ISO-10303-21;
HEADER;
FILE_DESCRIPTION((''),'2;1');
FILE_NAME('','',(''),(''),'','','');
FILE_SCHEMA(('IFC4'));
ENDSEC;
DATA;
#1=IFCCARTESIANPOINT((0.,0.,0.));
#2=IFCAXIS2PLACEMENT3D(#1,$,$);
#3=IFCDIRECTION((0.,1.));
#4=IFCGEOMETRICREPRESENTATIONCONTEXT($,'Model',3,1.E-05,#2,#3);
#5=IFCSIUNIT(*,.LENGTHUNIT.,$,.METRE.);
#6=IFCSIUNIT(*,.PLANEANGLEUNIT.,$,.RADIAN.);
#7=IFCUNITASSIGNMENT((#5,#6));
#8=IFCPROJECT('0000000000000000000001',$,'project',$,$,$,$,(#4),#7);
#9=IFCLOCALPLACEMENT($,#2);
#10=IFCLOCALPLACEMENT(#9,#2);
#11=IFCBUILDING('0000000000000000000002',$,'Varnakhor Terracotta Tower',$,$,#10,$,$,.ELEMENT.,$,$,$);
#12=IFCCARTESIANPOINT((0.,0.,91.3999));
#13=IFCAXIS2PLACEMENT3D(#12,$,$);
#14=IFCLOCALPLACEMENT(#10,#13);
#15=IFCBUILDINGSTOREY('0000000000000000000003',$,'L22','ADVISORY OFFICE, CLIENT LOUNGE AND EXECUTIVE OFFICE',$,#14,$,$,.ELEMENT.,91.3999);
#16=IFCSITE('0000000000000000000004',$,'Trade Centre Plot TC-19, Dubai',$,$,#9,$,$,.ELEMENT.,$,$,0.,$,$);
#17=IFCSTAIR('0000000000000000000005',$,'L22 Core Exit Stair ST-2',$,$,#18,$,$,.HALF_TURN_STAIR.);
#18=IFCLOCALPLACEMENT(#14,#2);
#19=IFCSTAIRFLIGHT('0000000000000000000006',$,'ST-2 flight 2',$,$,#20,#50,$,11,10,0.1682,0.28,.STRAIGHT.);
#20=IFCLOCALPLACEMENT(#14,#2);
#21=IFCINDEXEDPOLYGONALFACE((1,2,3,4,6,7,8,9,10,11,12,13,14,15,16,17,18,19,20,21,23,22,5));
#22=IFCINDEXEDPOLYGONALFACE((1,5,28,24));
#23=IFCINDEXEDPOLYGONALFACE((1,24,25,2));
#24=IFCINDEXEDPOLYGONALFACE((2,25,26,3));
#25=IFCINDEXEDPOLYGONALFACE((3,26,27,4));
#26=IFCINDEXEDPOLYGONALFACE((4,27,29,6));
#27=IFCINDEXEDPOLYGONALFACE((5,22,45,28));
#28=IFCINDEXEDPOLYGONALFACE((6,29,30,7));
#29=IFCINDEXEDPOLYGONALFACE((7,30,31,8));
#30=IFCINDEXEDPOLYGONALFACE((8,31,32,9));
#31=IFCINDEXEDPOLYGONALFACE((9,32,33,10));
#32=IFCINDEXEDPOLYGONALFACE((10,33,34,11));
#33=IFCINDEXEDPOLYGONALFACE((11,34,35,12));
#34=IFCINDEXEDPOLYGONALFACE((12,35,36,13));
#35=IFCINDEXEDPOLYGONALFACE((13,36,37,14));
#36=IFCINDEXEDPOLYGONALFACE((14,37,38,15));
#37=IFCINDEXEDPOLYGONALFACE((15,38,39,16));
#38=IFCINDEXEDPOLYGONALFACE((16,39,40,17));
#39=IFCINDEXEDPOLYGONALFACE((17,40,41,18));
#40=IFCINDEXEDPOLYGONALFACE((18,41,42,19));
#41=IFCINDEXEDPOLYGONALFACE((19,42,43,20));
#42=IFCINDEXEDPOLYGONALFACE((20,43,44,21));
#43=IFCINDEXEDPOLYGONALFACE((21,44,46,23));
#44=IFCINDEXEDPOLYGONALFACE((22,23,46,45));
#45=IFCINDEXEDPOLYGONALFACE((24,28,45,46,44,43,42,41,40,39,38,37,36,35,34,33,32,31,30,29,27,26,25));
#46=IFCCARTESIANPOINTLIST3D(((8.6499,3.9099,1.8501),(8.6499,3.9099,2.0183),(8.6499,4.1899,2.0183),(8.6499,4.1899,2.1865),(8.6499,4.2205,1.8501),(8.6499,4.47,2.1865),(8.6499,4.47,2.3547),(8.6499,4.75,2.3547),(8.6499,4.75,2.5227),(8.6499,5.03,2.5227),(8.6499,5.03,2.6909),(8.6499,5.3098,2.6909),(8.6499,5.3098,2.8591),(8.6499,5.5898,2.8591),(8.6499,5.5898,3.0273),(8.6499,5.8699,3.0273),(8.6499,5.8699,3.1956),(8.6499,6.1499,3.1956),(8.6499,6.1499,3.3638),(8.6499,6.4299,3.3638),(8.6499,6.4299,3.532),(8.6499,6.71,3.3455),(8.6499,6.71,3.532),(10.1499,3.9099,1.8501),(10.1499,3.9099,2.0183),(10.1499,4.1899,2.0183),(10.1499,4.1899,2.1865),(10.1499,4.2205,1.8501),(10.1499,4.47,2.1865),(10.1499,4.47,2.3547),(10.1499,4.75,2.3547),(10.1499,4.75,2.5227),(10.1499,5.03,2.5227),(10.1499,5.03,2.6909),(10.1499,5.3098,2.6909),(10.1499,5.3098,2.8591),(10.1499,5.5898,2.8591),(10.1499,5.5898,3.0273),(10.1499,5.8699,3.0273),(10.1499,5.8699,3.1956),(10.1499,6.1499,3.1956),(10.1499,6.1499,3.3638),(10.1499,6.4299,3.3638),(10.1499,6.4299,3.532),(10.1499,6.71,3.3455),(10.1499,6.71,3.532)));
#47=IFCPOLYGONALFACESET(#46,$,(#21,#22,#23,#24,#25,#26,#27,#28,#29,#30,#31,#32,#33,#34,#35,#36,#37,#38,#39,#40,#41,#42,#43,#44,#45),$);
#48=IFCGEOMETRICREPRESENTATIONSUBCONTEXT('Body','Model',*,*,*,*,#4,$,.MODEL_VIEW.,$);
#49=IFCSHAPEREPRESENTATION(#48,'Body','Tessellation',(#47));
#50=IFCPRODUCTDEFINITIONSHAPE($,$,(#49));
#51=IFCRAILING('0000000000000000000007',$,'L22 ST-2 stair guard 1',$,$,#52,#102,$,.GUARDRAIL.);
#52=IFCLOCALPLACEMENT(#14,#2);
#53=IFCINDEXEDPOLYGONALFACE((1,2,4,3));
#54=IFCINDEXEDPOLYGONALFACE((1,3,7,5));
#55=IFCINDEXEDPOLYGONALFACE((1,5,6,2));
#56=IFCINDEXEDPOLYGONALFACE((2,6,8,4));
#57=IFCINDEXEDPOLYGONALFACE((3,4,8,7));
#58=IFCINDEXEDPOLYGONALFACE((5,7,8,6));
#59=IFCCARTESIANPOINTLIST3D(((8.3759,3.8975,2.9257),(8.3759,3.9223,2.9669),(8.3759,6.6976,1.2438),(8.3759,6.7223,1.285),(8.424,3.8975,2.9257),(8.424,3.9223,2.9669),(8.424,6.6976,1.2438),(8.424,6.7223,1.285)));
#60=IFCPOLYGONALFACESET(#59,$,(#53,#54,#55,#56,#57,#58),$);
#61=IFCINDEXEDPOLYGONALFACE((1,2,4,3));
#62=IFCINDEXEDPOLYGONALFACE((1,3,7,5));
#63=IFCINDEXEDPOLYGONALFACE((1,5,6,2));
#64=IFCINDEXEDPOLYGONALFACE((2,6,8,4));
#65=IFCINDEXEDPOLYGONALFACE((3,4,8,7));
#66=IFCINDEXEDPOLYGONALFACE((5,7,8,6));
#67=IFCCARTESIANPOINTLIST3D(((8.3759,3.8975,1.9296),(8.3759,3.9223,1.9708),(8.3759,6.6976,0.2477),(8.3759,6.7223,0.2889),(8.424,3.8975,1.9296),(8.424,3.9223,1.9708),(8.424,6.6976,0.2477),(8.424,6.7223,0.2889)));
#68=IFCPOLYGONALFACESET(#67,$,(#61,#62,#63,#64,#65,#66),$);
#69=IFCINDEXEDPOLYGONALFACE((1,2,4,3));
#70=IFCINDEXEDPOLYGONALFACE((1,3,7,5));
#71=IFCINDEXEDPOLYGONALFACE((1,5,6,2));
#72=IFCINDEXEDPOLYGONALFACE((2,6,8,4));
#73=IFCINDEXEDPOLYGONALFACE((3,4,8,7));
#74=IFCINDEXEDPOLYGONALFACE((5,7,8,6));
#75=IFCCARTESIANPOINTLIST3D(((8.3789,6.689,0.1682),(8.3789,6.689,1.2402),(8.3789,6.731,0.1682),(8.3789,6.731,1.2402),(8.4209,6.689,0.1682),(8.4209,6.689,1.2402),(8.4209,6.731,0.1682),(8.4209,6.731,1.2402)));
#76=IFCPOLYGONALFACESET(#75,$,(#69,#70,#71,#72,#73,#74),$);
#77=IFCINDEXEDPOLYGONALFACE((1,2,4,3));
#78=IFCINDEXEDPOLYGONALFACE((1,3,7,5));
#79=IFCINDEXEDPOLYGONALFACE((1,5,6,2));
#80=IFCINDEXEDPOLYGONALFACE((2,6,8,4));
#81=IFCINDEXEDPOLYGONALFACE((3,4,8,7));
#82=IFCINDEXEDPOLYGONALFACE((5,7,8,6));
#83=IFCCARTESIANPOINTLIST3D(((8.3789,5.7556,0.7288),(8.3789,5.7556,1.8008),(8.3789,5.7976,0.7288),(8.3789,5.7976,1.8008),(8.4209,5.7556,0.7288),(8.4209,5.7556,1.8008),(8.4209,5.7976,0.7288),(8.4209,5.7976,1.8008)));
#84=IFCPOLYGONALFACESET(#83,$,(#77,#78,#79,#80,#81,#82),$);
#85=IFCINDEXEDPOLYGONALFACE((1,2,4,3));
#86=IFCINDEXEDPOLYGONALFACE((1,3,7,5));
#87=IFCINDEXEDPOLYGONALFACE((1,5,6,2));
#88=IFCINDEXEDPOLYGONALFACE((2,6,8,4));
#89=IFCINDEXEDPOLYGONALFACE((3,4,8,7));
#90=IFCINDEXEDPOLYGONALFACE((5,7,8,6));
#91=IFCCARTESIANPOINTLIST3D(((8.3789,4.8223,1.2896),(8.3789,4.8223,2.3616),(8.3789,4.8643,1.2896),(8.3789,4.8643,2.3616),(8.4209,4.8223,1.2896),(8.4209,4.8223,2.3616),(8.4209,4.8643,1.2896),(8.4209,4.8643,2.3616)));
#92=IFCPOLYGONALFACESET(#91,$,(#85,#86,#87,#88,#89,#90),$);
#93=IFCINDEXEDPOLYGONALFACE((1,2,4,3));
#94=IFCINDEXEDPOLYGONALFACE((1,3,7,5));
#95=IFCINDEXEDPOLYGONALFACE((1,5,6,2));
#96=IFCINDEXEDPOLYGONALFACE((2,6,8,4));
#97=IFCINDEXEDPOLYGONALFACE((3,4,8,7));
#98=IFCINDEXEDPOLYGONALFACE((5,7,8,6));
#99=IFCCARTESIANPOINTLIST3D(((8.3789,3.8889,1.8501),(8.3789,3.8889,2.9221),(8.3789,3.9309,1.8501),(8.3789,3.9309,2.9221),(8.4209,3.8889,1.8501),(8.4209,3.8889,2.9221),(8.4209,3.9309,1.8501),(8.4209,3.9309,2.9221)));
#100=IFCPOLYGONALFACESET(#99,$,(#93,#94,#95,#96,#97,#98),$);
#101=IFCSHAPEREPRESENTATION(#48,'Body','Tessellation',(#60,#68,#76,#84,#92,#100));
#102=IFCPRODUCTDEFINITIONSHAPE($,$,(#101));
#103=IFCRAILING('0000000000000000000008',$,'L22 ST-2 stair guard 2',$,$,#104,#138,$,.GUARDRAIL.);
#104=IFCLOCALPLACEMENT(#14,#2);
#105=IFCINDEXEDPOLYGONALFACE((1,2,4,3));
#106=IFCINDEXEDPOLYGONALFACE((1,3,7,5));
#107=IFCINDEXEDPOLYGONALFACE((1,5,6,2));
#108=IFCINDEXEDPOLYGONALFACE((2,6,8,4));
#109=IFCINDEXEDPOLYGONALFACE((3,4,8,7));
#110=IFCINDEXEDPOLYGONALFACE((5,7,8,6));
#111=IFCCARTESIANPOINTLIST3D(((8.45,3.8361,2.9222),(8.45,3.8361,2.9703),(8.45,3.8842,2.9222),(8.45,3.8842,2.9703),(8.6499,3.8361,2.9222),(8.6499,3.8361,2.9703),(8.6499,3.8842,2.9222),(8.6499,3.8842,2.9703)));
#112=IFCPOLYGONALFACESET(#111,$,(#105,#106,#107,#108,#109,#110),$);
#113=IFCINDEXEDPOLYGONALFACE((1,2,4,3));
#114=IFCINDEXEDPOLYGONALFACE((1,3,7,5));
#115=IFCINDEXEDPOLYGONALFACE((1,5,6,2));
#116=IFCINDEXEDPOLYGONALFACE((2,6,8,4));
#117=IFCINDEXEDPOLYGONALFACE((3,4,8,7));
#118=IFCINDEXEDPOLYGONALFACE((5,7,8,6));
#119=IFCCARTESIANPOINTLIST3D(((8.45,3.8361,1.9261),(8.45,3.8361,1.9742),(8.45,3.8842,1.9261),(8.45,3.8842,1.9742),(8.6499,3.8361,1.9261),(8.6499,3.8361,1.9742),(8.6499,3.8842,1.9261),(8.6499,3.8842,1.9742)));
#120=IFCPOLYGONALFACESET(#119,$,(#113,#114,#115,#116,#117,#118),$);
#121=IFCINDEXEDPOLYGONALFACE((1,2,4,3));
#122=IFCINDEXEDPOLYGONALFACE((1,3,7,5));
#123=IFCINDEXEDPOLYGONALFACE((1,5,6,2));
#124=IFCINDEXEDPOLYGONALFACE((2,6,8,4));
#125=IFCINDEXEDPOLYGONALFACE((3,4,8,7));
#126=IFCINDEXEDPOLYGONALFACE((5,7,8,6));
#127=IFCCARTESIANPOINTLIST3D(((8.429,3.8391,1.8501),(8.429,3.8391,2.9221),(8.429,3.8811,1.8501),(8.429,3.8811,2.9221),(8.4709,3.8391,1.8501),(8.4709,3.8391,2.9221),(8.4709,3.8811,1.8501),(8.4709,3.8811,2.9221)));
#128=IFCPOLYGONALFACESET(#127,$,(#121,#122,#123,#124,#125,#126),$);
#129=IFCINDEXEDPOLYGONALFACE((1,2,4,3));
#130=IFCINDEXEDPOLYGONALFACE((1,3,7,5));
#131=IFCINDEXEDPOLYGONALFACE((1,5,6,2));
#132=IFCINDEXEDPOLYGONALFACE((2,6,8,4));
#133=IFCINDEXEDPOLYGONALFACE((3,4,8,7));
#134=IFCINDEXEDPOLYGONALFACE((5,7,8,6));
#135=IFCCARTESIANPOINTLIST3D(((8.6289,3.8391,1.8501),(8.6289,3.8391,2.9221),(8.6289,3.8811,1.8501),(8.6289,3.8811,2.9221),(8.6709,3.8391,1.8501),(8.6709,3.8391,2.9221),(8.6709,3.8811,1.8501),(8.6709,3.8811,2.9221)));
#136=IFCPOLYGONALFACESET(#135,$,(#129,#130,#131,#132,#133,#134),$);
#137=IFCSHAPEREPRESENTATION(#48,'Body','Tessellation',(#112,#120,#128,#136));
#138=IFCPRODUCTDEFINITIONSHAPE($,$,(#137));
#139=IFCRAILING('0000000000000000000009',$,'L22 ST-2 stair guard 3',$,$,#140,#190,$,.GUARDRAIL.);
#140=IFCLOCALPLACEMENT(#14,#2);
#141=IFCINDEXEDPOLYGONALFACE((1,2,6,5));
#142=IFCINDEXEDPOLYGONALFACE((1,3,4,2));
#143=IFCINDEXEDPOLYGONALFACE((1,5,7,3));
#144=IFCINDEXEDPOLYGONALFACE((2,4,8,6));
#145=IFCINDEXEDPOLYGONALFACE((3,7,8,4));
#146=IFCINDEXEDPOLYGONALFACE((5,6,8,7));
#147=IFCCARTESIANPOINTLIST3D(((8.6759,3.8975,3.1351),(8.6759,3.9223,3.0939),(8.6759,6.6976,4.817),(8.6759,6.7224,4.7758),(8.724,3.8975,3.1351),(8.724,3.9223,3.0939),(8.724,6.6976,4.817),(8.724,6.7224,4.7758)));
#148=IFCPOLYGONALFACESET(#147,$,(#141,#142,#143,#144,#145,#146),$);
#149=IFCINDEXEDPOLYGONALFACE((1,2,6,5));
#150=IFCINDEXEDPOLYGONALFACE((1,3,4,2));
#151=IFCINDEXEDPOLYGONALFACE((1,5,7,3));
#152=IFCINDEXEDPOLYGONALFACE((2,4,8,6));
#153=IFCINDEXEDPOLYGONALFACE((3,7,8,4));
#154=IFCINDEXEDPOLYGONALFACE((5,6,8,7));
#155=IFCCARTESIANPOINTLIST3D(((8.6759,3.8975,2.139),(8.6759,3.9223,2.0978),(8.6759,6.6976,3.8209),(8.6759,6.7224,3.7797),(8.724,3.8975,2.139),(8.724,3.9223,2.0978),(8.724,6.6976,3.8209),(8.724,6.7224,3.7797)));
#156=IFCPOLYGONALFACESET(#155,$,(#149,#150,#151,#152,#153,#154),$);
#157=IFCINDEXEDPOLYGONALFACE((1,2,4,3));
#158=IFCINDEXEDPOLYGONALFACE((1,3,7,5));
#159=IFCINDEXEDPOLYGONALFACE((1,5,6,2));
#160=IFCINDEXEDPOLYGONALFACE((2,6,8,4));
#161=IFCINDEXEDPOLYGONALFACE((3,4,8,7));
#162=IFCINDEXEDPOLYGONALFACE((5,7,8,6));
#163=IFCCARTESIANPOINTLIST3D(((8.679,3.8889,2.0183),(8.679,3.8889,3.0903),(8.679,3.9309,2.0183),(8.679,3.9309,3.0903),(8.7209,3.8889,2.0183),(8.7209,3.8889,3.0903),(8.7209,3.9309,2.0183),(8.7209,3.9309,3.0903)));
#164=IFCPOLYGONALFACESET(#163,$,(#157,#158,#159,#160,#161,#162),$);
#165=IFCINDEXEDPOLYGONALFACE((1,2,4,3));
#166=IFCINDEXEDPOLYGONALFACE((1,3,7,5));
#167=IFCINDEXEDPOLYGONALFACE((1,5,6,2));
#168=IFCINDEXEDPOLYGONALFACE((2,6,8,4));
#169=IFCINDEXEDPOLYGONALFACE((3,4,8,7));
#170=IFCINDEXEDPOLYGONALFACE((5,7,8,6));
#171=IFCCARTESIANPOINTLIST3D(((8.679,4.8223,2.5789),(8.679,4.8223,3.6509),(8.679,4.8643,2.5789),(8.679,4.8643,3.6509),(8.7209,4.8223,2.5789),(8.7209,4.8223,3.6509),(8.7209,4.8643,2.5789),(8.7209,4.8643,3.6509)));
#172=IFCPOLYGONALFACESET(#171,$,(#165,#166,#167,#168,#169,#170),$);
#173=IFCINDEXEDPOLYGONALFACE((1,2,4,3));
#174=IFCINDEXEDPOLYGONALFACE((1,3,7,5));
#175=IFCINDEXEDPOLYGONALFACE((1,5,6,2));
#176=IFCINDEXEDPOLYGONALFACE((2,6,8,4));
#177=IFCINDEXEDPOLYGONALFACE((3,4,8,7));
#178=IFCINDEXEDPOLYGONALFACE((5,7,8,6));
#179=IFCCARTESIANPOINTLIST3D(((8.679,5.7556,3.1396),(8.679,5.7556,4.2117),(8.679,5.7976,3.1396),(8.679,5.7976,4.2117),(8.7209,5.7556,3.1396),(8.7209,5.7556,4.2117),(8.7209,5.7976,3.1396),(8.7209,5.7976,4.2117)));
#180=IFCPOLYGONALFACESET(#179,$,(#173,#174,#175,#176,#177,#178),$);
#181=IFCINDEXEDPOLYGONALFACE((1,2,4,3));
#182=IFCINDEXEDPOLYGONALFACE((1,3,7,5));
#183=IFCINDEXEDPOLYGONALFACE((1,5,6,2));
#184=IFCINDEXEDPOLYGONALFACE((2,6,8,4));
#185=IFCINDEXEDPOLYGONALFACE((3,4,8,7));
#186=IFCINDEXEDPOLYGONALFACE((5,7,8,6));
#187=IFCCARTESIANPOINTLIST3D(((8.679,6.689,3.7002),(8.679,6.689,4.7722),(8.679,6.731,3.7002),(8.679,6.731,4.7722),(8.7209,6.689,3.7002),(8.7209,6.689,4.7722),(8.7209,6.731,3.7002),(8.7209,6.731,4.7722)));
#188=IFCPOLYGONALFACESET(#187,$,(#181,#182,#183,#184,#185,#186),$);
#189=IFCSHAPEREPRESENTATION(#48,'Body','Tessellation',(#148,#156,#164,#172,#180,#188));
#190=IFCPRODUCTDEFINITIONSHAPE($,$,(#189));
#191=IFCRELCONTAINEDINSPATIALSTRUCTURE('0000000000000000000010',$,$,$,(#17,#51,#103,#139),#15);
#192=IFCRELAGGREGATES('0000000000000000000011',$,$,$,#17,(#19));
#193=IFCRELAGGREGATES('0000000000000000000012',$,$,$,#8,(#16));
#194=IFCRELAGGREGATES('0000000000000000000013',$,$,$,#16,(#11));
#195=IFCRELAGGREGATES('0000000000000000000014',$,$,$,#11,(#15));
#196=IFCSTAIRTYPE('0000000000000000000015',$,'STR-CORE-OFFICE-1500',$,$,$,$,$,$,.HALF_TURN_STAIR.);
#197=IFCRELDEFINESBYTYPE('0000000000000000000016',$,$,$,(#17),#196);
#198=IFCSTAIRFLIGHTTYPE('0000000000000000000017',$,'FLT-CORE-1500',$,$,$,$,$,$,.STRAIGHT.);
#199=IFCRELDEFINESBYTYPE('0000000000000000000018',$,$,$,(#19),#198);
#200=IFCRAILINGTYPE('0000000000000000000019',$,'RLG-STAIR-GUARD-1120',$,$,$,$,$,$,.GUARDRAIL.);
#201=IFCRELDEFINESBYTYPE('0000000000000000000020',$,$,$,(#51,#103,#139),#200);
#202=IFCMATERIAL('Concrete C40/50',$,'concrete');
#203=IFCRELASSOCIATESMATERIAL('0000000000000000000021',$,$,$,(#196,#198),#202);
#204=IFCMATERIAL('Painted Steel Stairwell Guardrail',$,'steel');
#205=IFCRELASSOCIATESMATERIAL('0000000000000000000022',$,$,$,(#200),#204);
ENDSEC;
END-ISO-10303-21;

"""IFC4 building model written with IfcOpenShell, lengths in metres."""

from ifc_helpers import new_model, si_unit, direction, frame, origin, origin_2d, place, context, subcontext, project, spatial, polyline, rectangle, outline, extrude, material, type_object, element, aggregate, save


model = new_model("IFC4")

# Units and contexts
model_context = context("Model", 3, precision=1e-05, world=origin(), true_north=direction((0.0, 1.0)))
body_context = subcontext(model_context, "Body", "Model", "MODEL_VIEW")
ifc_project = project(units=[si_unit("LENGTHUNIT", "METRE"), si_unit("PLANEANGLEUNIT", "RADIAN")], contexts=[model_context])

# Site, building, storey
site_placement = place(None, origin())
site = spatial("IfcSite", under=ifc_project, at=site_placement, Name="Trade Centre Plot TC-19, Dubai", CompositionType="ELEMENT", RefElevation=0.0)
building_placement = place(site_placement, origin())
building = spatial("IfcBuilding", under=site, at=building_placement, Name="Varnakhor Terracotta Tower", CompositionType="ELEMENT")
storey_placement = place(building_placement, frame((0.0, 0.0, 91.3999)))
storey = spatial("IfcBuildingStorey", under=building, at=storey_placement, Name="L22", Description="ADVISORY OFFICE, CLIENT LOUNGE AND EXECUTIVE OFFICE", CompositionType="ELEMENT", Elevation=91.3999)

# Shared definitions
ifc_material_1 = material(Name="Concrete C40/50", Category="concrete")

# Stair, stair flight
stair_type = type_object("IfcStairType", Name="STR-CORE-OFFICE-1500", PredefinedType="HALF_TURN_STAIR", material=ifc_material_1)
stair_placement = place(storey_placement, origin())
stair = element("IfcStair", 1, at=stair_placement, inside=storey, type_object=stair_type, Name="L22 Core Exit Stair ST-2", PredefinedType="HALF_TURN_STAIR")
stair_flight_type = type_object("IfcStairFlightType", Name="FLT-CORE-1500", PredefinedType="STRAIGHT", material=ifc_material_1)
stair_flight_1_placement = place(storey_placement, frame((9.3999, 3.9099, 1.8501), z_axis=(0.0, 0.0, 1.0), x_axis=(0.0, 1.0, 0.0)))
stair_flight_1 = element("IfcStairFlight", 2, at=stair_flight_1_placement, type_object=stair_flight_type, Name="ST-2 flight 2", NumberOfRisers=11, NumberOfTreads=10, PredefinedType="STRAIGHT", RiserHeight=0.1682, TreadLength=0.28, context=body_context, shape_type="SweptSolid", body=[
    extrude(outline(polyline([(0.0, 0.0), (0.0, 0.1682), (0.28, 0.1682), (0.28, 0.3364), (0.5601, 0.3364), (0.5601, 0.5046), (0.8401, 0.5046), (0.8401, 0.6726), (1.1201, 0.6726), (1.1201, 0.8408), (1.3999, 0.8408), (1.3999, 1.009), (1.6799, 1.009), (1.6799, 1.1772), (1.96, 1.1772), (1.96, 1.3455), (2.24, 1.3455), (2.24, 1.5137), (2.52, 1.5137), (2.52, 1.6819), (2.8, 1.6819), (2.8, 1.8501), (2.8, 1.4954), (0.3105, 0.0), (0.0, 0.0)])), frame((0.0, 0.75, 0.0), z_axis=(0.0, -1.0, 0.0), x_axis=(1.0, 0.0, 0.0)), (0.0, 0.0, 1.0), 1.5),
])
aggregate(stair, [stair_flight_1])

# Railings
ifc_material_2 = material(Name="Painted Steel Stairwell Guardrail", Category="steel")
railing_type_1 = type_object("IfcRailingType", Name="RLG-STAIR-GUARD-1120", PredefinedType="GUARDRAIL", material=ifc_material_2)
railing_1_placement = place(storey_placement, frame((8.3999, 6.71, 0.1682)))
element("IfcRailing", 3, at=railing_1_placement, inside=storey, type_object=railing_type_1, Name="L22 ST-2 stair guard 1", PredefinedType="GUARDRAIL", context=body_context, shape_type="SweptSolid", body=[
    extrude(rectangle(XDim=0.0481, YDim=0.0481, at=origin_2d()), frame((0.0, 0.0, 1.0962), z_axis=(0.0, -0.857242, 0.514913), x_axis=(1.0, 0.0, 0.0)), (0.0, 0.0, 1.0), 3.2664),
    extrude(rectangle(XDim=0.0481, YDim=0.0481, at=origin_2d()), frame((0.0, 0.0, 0.1001), z_axis=(0.0, -0.857242, 0.514913), x_axis=(1.0, 0.0, 0.0)), (0.0, 0.0, 1.0), 3.2664),
    extrude(rectangle(XDim=0.042, YDim=0.042, at=origin_2d()), origin(), (0.0, 0.0, 1.0), 1.072),
    extrude(rectangle(XDim=0.042, YDim=0.042, at=origin_2d()), frame((0.0, -0.9333, 0.5605)), (0.0, 0.0, 1.0), 1.072),
    extrude(rectangle(XDim=0.042, YDim=0.042, at=origin_2d()), frame((0.0, -1.8667, 1.1213)), (0.0, 0.0, 1.0), 1.072),
    extrude(rectangle(XDim=0.042, YDim=0.042, at=origin_2d()), frame((0.0, -2.8, 1.6819)), (0.0, 0.0, 1.0), 1.072),
])
railing_2_placement = place(storey_placement, frame((8.45, 3.8601, 1.8501)))
element("IfcRailing", 4, at=railing_2_placement, inside=storey, type_object=railing_type_1, Name="L22 ST-2 stair guard 2", PredefinedType="GUARDRAIL", context=body_context, shape_type="SweptSolid", body=[
    extrude(rectangle(XDim=0.0481, YDim=0.0481, at=origin_2d()), frame((0.0, 0.0, 1.0962), z_axis=(1.0, 0.0, 0.0), x_axis=(0.0, 1.0, 0.0)), (0.0, 0.0, 1.0), 0.2),
    extrude(rectangle(XDim=0.0481, YDim=0.0481, at=origin_2d()), frame((0.0, 0.0, 0.1001), z_axis=(1.0, 0.0, 0.0), x_axis=(0.0, 1.0, 0.0)), (0.0, 0.0, 1.0), 0.2),
    extrude(rectangle(XDim=0.042, YDim=0.042, at=origin_2d()), origin(), (0.0, 0.0, 1.0), 1.072),
    extrude(rectangle(XDim=0.042, YDim=0.042, at=origin_2d()), frame((0.2, 0.0, 0.0)), (0.0, 0.0, 1.0), 1.072),
])
railing_3_placement = place(storey_placement, frame((8.7, 3.9099, 2.0183)))
element("IfcRailing", 5, at=railing_3_placement, inside=storey, type_object=railing_type_1, Name="L22 ST-2 stair guard 3", PredefinedType="GUARDRAIL", context=body_context, shape_type="SweptSolid", body=[
    extrude(rectangle(XDim=0.0481, YDim=0.0481, at=origin_2d()), frame((0.0, 0.0, 1.0962), z_axis=(0.0, 0.857242, 0.514913), x_axis=(-1.0, 0.0, 0.0)), (0.0, 0.0, 1.0), 3.2664),
    extrude(rectangle(XDim=0.0481, YDim=0.0481, at=origin_2d()), frame((0.0, 0.0, 0.1001), z_axis=(0.0, 0.857242, 0.514913), x_axis=(-1.0, 0.0, 0.0)), (0.0, 0.0, 1.0), 3.2664),
    extrude(rectangle(XDim=0.042, YDim=0.042, at=origin_2d()), origin(), (0.0, 0.0, 1.0), 1.072),
    extrude(rectangle(XDim=0.042, YDim=0.042, at=origin_2d()), frame((0.0, 0.9333, 0.5605)), (0.0, 0.0, 1.0), 1.072),
    extrude(rectangle(XDim=0.042, YDim=0.042, at=origin_2d()), frame((0.0, 1.8667, 1.1213)), (0.0, 0.0, 1.0), 1.072),
    extrude(rectangle(XDim=0.042, YDim=0.042, at=origin_2d()), frame((0.0, 2.8, 1.6819)), (0.0, 0.0, 1.0), 1.072),
])

save(model, "model.ifc")
